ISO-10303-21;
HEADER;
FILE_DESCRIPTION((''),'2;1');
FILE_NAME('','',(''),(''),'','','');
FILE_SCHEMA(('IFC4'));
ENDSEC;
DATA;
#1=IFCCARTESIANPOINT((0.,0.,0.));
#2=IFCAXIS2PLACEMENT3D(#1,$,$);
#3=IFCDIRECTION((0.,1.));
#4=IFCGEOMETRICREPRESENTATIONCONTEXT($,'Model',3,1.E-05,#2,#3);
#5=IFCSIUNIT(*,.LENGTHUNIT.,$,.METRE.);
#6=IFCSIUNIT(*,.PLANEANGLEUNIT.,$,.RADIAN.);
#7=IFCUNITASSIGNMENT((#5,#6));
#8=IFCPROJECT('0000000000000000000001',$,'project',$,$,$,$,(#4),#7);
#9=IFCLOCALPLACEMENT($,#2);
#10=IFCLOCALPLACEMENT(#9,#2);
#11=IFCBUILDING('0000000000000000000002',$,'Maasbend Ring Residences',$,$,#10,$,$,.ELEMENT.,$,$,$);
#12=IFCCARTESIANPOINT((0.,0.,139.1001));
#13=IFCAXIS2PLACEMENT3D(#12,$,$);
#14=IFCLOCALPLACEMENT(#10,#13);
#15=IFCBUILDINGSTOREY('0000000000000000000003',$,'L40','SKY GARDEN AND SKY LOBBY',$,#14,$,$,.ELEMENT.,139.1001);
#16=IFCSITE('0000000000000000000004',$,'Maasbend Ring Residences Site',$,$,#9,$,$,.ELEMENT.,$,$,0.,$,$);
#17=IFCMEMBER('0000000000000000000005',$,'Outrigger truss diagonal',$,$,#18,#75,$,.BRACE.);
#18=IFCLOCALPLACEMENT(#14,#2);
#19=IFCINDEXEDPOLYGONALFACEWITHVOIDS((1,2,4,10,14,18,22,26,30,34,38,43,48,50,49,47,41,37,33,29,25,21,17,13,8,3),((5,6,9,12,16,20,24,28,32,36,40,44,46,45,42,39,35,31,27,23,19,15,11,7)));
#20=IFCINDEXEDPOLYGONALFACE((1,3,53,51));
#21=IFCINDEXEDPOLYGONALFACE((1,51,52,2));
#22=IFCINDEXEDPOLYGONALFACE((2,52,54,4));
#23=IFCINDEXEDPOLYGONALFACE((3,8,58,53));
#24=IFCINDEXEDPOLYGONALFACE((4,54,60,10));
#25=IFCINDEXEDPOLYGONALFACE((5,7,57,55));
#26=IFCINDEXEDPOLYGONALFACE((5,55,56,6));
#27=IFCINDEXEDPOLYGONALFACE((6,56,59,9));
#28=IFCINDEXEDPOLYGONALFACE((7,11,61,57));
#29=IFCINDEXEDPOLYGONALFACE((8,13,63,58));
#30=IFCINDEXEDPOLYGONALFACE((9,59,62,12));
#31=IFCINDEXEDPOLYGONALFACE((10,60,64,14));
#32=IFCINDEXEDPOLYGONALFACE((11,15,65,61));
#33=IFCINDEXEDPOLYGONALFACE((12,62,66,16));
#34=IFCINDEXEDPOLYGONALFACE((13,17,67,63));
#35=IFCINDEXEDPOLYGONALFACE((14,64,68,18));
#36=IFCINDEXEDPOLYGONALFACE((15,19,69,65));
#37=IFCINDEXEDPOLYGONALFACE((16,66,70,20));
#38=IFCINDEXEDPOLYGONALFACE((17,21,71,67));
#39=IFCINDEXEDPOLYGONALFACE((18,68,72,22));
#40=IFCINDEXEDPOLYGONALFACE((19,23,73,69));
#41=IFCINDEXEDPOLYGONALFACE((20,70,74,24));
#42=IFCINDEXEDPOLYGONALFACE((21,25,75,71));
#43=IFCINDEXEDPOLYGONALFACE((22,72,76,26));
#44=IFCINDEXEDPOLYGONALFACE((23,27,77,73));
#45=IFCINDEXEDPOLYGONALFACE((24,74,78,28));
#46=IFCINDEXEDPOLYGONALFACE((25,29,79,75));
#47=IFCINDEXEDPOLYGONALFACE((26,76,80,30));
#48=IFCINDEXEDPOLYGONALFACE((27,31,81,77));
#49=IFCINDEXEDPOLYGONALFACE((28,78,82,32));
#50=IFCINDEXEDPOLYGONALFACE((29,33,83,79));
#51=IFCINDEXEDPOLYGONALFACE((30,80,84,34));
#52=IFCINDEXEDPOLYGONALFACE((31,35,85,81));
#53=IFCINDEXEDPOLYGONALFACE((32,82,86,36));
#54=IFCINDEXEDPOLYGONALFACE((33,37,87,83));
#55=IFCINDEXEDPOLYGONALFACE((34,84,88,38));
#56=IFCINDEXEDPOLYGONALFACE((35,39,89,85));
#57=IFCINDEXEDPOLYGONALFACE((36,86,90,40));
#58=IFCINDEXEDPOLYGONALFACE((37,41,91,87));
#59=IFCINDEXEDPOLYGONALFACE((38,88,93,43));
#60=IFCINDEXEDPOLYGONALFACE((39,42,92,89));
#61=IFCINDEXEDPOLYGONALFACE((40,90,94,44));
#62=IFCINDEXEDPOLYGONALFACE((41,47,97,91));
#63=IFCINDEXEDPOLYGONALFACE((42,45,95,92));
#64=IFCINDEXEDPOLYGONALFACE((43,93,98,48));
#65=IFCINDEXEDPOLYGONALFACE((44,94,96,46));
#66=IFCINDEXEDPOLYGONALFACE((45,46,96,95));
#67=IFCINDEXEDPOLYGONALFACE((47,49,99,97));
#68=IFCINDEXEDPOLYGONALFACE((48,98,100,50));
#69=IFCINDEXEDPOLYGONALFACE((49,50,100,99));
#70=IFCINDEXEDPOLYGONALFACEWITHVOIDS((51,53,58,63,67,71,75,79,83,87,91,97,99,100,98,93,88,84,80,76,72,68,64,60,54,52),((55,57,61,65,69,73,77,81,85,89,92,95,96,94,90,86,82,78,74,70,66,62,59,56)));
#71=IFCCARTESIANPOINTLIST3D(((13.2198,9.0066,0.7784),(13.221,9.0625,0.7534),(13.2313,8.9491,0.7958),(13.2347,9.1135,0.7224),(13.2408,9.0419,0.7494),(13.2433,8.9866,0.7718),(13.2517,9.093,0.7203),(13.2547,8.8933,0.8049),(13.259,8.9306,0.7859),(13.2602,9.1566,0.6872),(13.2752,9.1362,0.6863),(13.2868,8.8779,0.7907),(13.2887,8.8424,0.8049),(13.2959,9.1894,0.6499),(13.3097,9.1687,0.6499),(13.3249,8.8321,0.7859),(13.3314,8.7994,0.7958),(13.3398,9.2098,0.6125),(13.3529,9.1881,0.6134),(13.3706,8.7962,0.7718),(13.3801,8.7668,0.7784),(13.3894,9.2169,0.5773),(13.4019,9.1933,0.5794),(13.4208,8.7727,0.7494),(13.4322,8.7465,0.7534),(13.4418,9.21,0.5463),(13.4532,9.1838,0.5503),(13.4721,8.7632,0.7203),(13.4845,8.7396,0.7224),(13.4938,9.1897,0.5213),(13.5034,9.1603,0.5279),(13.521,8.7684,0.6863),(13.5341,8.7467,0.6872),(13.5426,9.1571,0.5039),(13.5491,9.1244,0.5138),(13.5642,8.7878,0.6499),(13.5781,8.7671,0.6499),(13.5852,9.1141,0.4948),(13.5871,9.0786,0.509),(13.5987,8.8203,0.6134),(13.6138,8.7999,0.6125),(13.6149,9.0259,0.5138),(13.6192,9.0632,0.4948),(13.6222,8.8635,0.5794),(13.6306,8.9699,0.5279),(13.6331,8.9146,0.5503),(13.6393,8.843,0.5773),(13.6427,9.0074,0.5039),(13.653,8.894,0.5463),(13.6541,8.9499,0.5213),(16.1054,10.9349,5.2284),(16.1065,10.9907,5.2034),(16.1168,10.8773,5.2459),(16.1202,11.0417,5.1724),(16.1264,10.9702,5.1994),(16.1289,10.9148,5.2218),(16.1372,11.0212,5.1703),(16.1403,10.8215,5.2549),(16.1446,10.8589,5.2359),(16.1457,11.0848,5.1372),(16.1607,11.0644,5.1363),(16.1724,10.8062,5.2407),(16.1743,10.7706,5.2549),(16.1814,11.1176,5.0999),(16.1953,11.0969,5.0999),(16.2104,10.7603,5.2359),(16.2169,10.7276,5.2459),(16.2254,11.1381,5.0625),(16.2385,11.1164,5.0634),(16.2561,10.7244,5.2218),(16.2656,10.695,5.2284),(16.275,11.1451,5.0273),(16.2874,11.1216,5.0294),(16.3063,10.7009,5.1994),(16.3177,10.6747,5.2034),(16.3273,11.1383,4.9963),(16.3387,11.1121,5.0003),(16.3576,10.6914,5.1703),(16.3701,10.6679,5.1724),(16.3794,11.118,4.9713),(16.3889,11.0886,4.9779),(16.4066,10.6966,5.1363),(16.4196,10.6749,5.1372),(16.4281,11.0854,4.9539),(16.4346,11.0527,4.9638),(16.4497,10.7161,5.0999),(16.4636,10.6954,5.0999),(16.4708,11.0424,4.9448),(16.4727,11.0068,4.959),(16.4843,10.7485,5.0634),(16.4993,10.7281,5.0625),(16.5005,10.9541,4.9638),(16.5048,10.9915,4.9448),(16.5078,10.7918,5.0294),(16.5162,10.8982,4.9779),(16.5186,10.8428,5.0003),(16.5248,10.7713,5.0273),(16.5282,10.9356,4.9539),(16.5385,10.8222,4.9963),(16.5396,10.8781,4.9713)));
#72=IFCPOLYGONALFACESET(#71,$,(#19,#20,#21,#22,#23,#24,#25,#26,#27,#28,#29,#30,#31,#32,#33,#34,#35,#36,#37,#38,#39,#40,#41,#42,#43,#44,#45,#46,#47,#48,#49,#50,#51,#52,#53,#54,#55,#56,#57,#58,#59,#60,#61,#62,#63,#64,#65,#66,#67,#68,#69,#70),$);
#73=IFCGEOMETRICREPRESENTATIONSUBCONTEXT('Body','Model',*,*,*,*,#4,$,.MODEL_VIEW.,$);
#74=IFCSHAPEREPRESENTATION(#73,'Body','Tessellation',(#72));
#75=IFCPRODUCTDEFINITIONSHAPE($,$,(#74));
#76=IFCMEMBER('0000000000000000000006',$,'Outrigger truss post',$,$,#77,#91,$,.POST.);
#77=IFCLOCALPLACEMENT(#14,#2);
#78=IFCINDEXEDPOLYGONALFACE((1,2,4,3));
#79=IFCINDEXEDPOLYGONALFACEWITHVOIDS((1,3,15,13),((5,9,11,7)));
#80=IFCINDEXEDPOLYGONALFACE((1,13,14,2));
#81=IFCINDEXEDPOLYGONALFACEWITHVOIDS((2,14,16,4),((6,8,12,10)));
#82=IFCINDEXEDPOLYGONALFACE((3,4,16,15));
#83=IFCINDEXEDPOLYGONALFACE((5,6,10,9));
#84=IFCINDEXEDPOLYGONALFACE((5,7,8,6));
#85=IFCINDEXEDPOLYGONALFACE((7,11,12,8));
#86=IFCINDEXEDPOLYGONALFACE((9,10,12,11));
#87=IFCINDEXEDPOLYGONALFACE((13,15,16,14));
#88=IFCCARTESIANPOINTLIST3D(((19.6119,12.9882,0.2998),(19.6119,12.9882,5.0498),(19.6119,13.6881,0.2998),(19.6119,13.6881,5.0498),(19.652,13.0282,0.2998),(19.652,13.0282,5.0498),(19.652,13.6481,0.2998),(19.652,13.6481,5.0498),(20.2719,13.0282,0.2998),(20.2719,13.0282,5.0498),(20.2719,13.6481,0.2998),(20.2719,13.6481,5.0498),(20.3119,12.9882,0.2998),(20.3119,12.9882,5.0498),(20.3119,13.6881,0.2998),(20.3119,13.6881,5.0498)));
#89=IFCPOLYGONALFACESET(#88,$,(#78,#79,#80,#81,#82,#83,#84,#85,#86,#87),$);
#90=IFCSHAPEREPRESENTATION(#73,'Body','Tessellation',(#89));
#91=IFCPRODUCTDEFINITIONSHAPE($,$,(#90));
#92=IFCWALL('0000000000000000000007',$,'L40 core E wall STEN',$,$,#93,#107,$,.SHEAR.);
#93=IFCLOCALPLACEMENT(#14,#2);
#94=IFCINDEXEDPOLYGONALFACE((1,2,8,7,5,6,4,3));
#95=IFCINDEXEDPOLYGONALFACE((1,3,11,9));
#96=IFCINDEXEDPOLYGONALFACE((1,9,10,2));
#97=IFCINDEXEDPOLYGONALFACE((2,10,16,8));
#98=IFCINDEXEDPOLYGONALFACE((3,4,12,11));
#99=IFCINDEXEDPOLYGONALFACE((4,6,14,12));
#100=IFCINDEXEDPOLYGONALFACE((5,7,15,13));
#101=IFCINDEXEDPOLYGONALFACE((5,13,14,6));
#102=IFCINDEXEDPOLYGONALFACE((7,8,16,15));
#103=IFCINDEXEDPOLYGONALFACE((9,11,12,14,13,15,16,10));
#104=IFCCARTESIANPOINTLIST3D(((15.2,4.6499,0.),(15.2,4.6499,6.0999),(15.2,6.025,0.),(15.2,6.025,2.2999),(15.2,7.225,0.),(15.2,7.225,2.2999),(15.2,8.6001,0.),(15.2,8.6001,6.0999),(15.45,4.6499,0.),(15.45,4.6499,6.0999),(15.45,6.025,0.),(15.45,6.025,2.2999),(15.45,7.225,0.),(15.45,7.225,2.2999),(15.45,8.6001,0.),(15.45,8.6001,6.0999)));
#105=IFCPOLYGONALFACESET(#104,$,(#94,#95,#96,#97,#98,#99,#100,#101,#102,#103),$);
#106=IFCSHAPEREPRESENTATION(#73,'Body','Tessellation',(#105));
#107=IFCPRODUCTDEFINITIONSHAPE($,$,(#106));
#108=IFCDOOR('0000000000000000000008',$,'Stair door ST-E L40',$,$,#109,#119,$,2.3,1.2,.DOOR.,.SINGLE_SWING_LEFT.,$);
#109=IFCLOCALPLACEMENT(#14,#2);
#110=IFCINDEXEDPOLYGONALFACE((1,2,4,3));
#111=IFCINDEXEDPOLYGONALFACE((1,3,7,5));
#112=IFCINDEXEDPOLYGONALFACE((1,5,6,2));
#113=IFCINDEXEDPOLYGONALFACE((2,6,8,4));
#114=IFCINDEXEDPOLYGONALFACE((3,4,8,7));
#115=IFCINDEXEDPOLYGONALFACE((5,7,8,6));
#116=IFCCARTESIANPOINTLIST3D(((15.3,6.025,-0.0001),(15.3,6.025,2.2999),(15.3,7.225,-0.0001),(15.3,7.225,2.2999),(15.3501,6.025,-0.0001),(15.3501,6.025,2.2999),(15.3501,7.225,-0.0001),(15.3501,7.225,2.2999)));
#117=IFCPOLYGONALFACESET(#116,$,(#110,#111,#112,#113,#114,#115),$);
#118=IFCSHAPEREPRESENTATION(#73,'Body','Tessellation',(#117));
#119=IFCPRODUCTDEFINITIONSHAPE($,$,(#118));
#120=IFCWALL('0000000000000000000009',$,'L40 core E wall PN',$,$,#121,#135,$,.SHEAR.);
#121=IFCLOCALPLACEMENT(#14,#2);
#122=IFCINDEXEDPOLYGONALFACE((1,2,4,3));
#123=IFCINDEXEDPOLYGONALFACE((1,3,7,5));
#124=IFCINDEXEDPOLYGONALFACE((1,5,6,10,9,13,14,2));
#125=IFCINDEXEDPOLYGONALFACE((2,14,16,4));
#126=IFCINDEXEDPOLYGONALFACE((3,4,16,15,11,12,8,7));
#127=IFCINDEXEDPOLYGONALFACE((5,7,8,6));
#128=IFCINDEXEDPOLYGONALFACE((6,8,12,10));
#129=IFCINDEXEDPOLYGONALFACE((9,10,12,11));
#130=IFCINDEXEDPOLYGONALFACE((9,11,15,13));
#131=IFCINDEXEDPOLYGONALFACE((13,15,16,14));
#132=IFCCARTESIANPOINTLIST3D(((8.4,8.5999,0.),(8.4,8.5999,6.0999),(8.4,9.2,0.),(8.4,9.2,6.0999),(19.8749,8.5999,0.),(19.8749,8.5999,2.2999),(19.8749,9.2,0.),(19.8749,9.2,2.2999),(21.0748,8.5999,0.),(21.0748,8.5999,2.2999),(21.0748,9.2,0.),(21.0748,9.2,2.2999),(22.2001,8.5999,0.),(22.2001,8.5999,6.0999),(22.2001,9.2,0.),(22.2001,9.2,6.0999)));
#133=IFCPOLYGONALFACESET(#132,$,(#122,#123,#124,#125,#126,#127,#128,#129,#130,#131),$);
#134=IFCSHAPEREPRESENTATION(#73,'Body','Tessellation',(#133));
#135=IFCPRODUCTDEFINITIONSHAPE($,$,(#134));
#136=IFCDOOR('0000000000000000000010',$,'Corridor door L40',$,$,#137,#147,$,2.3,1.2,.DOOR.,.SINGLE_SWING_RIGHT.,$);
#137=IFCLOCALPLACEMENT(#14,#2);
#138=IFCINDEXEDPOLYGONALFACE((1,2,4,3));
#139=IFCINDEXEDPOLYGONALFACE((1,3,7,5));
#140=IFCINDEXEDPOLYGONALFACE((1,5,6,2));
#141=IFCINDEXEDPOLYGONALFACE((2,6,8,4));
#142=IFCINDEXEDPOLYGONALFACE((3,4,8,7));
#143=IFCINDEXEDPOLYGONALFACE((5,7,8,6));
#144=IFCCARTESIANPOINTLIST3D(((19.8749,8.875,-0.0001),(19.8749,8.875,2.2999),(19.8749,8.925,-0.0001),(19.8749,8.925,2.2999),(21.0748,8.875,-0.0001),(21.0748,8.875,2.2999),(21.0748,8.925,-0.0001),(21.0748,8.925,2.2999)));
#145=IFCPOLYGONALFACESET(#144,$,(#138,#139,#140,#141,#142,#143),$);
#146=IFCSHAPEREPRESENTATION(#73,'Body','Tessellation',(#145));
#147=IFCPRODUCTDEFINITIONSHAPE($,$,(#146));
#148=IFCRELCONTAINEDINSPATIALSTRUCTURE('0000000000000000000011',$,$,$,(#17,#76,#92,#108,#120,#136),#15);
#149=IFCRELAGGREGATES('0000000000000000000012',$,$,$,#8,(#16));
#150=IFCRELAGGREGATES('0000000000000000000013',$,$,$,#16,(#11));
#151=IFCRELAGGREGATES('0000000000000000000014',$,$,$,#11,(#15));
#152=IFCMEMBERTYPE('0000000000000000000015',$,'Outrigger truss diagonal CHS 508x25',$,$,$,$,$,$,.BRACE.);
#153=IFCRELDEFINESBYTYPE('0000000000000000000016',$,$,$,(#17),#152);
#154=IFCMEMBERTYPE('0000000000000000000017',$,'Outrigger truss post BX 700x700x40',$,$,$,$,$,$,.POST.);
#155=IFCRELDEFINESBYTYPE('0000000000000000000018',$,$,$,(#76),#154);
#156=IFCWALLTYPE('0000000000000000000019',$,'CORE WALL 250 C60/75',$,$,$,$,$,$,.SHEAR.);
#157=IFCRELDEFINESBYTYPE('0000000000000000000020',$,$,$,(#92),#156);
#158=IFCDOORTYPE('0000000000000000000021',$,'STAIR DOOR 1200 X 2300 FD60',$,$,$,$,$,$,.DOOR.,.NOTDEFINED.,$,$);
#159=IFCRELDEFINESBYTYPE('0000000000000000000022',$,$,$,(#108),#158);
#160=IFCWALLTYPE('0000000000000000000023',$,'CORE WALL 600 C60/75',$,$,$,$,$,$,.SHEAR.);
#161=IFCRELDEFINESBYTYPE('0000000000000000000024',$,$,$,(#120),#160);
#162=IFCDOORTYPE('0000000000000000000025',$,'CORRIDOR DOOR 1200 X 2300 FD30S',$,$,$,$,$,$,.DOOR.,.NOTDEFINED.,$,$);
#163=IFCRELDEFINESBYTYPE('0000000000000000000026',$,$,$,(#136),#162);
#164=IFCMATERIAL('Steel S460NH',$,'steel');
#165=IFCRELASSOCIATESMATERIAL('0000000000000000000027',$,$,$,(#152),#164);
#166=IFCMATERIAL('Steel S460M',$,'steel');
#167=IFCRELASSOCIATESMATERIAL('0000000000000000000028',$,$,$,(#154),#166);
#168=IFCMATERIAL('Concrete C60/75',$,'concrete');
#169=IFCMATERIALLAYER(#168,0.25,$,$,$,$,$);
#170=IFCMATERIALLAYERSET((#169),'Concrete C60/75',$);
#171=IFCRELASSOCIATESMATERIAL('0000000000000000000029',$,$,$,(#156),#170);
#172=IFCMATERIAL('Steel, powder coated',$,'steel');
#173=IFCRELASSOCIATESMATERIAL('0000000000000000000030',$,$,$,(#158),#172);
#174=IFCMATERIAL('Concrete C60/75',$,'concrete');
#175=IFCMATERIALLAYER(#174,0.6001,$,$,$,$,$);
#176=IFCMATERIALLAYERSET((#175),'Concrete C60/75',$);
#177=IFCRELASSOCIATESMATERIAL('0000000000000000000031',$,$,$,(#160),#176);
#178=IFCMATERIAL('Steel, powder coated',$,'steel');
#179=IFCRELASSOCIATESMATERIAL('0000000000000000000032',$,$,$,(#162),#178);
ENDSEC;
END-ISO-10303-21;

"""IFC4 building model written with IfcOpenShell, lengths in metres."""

from ifc_helpers import new_model, si_unit, direction, frame, frame_2d, origin, origin_2d, place, context, subcontext, project, spatial, rectangle, hollow_rectangle, hollow_circle, extrude, material, layer, layer_set, material_profile, profile_set, type_object, element, fill, save


model = new_model("IFC4")

# Units and contexts
model_context = context("Model", 3, precision=1e-05, world=origin(), true_north=direction((0.0, 1.0)))
body_context = subcontext(model_context, "Body", "Model", "MODEL_VIEW")
ifc_project = project(units=[si_unit("LENGTHUNIT", "METRE"), si_unit("PLANEANGLEUNIT", "RADIAN")], contexts=[model_context])

# Site, building, storey
site_placement = place(None, origin())
site = spatial("IfcSite", under=ifc_project, at=site_placement, Name="Maasbend Ring Residences Site", CompositionType="ELEMENT", RefElevation=0.0)
building_placement = place(site_placement, origin())
building = spatial("IfcBuilding", under=site, at=building_placement, Name="Maasbend Ring Residences", CompositionType="ELEMENT")
storey_placement = place(building_placement, frame((0.0, 0.0, 139.1001)))
storey = spatial("IfcBuildingStorey", under=building, at=storey_placement, Name="L40", Description="SKY GARDEN AND SKY LOBBY", CompositionType="ELEMENT", Elevation=139.1001)

# Members
ifc_material_1 = material(Name="Steel S460NH", Category="steel")
ifc_material_profile_1 = material_profile(ifc_material_1, hollow_circle(Radius=0.2539, WallThickness=0.0249, at=origin_2d()), Name="Outrigger truss diagonal CHS 508x25")
ifc_profile_set_1 = profile_set([ifc_material_profile_1], Name="Steel S460NH")
member_type_1 = type_object("IfcMemberType", Name="Outrigger truss diagonal CHS 508x25", PredefinedType="BRACE", material=ifc_profile_set_1)
member_1_placement = place(storey_placement, frame((16.3225, 10.9065, 5.0999), z_axis=(-0.511319, -0.341687, -0.788545), x_axis=(0.555609, -0.831444, 0.0)))
element("IfcMember", 1, at=member_1_placement, inside=storey, type_object=member_type_1, Name="Outrigger truss diagonal", PredefinedType="BRACE", context=body_context, shape_type="SweptSolid", body=[
    extrude(hollow_circle(Radius=0.2539, WallThickness=0.0249, at=origin_2d()), origin(), (0.0, 0.0, 1.0), 5.6433),
])
ifc_material_2 = material(Name="Steel S460M", Category="steel")
ifc_material_profile_2 = material_profile(ifc_material_2, hollow_rectangle(XDim=0.7, YDim=0.7, WallThickness=0.04, at=origin_2d()), Name="Outrigger truss post BX 700x700x40")
ifc_profile_set_2 = profile_set([ifc_material_profile_2], Name="Steel S460M")
member_type_2 = type_object("IfcMemberType", Name="Outrigger truss post BX 700x700x40", PredefinedType="POST", material=ifc_profile_set_2)
member_2_placement = place(storey_placement, frame((19.9619, 13.3381, 0.2998), z_axis=(0.0, 0.0, 1.0), x_axis=(1.0, 0.0, 0.0)))
element("IfcMember", 2, at=member_2_placement, inside=storey, type_object=member_type_2, Name="Outrigger truss post", PredefinedType="POST", context=body_context, shape_type="SweptSolid", body=[
    extrude(hollow_rectangle(XDim=0.7, YDim=0.7, WallThickness=0.04, at=origin_2d()), origin(), (0.0, 0.0, 1.0), 4.75),
])

# Walls, openings, doors
ifc_material_3 = material(Name="Concrete C60/75", Category="concrete")
ifc_layer_1 = layer(ifc_material_3, 0.25)
ifc_layer_set_1 = layer_set([ifc_layer_1], Name="Concrete C60/75")
wall_type_1 = type_object("IfcWallType", Name="CORE WALL 250 C60/75", PredefinedType="SHEAR", material=ifc_layer_set_1)
wall_1_placement = place(storey_placement, frame((15.325, 4.6499, 0.0), z_axis=(0.0, 0.0, 1.0), x_axis=(0.0, 1.0, 0.0)))
wall_1 = element("IfcWall", 3, at=wall_1_placement, inside=storey, type_object=wall_type_1, Name="L40 core E wall STEN", PredefinedType="SHEAR", context=body_context, shape_type="SweptSolid", body=[
    extrude(rectangle(XDim=3.9502, YDim=0.25, at=frame_2d((1.9751, 0.0))), origin(), (0.0, 0.0, 1.0), 6.0999),
])
opening_1_placement = place(wall_1_placement, frame((1.375, 0.0, 0.0)))
opening_1 = element("IfcOpeningElement", 4, at=opening_1_placement, cuts=wall_1, PredefinedType="OPENING", context=body_context, shape_type="SweptSolid", body=[
    extrude(rectangle(XDim=1.2, YDim=2.3, at=frame_2d((0.6001, 1.1499))), frame((0.0, 0.135, 0.0), z_axis=(0.0, -1.0, 0.0), x_axis=(1.0, 0.0, 0.0)), (0.0, 0.0, 1.0), 0.27),
])
ifc_material_4 = material(Name="Steel, powder coated", Category="steel")
door_type_1 = type_object("IfcDoorType", Name="STAIR DOOR 1200 X 2300 FD60", OperationType="NOTDEFINED", PredefinedType="DOOR", material=ifc_material_4)
door_1_placement = place(opening_1_placement, origin())
door_1 = element("IfcDoor", 5, at=door_1_placement, inside=storey, type_object=door_type_1, Name="Stair door ST-E L40", OperationType="SINGLE_SWING_LEFT", OverallHeight=2.3, OverallWidth=1.2, PredefinedType="DOOR", context=body_context, shape_type="SweptSolid", body=[
    extrude(rectangle(XDim=1.2, YDim=2.3, at=frame_2d((0.6001, 1.1499))), frame((0.0, 0.0249, 0.0), z_axis=(0.0, -1.0, 0.0), x_axis=(1.0, 0.0, 0.0)), (0.0, 0.0, 1.0), 0.05),
])
fill(opening_1, door_1)
ifc_material_5 = material(Name="Concrete C60/75", Category="concrete")
ifc_layer_2 = layer(ifc_material_5, 0.6001)
ifc_layer_set_2 = layer_set([ifc_layer_2], Name="Concrete C60/75")
wall_type_2 = type_object("IfcWallType", Name="CORE WALL 600 C60/75", PredefinedType="SHEAR", material=ifc_layer_set_2)
wall_2_placement = place(storey_placement, frame((22.2, 8.8999, 0.0), z_axis=(0.0, 0.0, 1.0), x_axis=(-1.0, 0.0, 0.0)))
wall_2 = element("IfcWall", 6, at=wall_2_placement, inside=storey, type_object=wall_type_2, Name="L40 core E wall PN", PredefinedType="SHEAR", context=body_context, shape_type="SweptSolid", body=[
    extrude(rectangle(XDim=13.8, YDim=0.6001, at=frame_2d((6.8999, 0.0))), origin(), (0.0, 0.0, 1.0), 6.0999),
])
opening_2_placement = place(wall_2_placement, frame((1.125, 0.0, 0.0)))
opening_2 = element("IfcOpeningElement", 7, at=opening_2_placement, cuts=wall_2, PredefinedType="OPENING", context=body_context, shape_type="SweptSolid", body=[
    extrude(rectangle(XDim=1.2, YDim=2.3, at=frame_2d((0.6001, 1.1499))), frame((0.0, 0.3101, 0.0), z_axis=(0.0, -1.0, 0.0), x_axis=(1.0, 0.0, 0.0)), (0.0, 0.0, 1.0), 0.6201),
])
ifc_material_6 = material(Name="Steel, powder coated", Category="steel")
door_type_2 = type_object("IfcDoorType", Name="CORRIDOR DOOR 1200 X 2300 FD30S", OperationType="NOTDEFINED", PredefinedType="DOOR", material=ifc_material_6)
door_2_placement = place(opening_2_placement, origin())
door_2 = element("IfcDoor", 8, at=door_2_placement, inside=storey, type_object=door_type_2, Name="Corridor door L40", OperationType="SINGLE_SWING_RIGHT", OverallHeight=2.3, OverallWidth=1.2, PredefinedType="DOOR", context=body_context, shape_type="SweptSolid", body=[
    extrude(rectangle(XDim=1.2, YDim=2.3, at=frame_2d((0.6001, 1.1499))), frame((0.0, 0.0249, 0.0), z_axis=(0.0, -1.0, 0.0), x_axis=(1.0, 0.0, 0.0)), (0.0, 0.0, 1.0), 0.05),
])
fill(opening_2, door_2)

save(model, "model.ifc")
